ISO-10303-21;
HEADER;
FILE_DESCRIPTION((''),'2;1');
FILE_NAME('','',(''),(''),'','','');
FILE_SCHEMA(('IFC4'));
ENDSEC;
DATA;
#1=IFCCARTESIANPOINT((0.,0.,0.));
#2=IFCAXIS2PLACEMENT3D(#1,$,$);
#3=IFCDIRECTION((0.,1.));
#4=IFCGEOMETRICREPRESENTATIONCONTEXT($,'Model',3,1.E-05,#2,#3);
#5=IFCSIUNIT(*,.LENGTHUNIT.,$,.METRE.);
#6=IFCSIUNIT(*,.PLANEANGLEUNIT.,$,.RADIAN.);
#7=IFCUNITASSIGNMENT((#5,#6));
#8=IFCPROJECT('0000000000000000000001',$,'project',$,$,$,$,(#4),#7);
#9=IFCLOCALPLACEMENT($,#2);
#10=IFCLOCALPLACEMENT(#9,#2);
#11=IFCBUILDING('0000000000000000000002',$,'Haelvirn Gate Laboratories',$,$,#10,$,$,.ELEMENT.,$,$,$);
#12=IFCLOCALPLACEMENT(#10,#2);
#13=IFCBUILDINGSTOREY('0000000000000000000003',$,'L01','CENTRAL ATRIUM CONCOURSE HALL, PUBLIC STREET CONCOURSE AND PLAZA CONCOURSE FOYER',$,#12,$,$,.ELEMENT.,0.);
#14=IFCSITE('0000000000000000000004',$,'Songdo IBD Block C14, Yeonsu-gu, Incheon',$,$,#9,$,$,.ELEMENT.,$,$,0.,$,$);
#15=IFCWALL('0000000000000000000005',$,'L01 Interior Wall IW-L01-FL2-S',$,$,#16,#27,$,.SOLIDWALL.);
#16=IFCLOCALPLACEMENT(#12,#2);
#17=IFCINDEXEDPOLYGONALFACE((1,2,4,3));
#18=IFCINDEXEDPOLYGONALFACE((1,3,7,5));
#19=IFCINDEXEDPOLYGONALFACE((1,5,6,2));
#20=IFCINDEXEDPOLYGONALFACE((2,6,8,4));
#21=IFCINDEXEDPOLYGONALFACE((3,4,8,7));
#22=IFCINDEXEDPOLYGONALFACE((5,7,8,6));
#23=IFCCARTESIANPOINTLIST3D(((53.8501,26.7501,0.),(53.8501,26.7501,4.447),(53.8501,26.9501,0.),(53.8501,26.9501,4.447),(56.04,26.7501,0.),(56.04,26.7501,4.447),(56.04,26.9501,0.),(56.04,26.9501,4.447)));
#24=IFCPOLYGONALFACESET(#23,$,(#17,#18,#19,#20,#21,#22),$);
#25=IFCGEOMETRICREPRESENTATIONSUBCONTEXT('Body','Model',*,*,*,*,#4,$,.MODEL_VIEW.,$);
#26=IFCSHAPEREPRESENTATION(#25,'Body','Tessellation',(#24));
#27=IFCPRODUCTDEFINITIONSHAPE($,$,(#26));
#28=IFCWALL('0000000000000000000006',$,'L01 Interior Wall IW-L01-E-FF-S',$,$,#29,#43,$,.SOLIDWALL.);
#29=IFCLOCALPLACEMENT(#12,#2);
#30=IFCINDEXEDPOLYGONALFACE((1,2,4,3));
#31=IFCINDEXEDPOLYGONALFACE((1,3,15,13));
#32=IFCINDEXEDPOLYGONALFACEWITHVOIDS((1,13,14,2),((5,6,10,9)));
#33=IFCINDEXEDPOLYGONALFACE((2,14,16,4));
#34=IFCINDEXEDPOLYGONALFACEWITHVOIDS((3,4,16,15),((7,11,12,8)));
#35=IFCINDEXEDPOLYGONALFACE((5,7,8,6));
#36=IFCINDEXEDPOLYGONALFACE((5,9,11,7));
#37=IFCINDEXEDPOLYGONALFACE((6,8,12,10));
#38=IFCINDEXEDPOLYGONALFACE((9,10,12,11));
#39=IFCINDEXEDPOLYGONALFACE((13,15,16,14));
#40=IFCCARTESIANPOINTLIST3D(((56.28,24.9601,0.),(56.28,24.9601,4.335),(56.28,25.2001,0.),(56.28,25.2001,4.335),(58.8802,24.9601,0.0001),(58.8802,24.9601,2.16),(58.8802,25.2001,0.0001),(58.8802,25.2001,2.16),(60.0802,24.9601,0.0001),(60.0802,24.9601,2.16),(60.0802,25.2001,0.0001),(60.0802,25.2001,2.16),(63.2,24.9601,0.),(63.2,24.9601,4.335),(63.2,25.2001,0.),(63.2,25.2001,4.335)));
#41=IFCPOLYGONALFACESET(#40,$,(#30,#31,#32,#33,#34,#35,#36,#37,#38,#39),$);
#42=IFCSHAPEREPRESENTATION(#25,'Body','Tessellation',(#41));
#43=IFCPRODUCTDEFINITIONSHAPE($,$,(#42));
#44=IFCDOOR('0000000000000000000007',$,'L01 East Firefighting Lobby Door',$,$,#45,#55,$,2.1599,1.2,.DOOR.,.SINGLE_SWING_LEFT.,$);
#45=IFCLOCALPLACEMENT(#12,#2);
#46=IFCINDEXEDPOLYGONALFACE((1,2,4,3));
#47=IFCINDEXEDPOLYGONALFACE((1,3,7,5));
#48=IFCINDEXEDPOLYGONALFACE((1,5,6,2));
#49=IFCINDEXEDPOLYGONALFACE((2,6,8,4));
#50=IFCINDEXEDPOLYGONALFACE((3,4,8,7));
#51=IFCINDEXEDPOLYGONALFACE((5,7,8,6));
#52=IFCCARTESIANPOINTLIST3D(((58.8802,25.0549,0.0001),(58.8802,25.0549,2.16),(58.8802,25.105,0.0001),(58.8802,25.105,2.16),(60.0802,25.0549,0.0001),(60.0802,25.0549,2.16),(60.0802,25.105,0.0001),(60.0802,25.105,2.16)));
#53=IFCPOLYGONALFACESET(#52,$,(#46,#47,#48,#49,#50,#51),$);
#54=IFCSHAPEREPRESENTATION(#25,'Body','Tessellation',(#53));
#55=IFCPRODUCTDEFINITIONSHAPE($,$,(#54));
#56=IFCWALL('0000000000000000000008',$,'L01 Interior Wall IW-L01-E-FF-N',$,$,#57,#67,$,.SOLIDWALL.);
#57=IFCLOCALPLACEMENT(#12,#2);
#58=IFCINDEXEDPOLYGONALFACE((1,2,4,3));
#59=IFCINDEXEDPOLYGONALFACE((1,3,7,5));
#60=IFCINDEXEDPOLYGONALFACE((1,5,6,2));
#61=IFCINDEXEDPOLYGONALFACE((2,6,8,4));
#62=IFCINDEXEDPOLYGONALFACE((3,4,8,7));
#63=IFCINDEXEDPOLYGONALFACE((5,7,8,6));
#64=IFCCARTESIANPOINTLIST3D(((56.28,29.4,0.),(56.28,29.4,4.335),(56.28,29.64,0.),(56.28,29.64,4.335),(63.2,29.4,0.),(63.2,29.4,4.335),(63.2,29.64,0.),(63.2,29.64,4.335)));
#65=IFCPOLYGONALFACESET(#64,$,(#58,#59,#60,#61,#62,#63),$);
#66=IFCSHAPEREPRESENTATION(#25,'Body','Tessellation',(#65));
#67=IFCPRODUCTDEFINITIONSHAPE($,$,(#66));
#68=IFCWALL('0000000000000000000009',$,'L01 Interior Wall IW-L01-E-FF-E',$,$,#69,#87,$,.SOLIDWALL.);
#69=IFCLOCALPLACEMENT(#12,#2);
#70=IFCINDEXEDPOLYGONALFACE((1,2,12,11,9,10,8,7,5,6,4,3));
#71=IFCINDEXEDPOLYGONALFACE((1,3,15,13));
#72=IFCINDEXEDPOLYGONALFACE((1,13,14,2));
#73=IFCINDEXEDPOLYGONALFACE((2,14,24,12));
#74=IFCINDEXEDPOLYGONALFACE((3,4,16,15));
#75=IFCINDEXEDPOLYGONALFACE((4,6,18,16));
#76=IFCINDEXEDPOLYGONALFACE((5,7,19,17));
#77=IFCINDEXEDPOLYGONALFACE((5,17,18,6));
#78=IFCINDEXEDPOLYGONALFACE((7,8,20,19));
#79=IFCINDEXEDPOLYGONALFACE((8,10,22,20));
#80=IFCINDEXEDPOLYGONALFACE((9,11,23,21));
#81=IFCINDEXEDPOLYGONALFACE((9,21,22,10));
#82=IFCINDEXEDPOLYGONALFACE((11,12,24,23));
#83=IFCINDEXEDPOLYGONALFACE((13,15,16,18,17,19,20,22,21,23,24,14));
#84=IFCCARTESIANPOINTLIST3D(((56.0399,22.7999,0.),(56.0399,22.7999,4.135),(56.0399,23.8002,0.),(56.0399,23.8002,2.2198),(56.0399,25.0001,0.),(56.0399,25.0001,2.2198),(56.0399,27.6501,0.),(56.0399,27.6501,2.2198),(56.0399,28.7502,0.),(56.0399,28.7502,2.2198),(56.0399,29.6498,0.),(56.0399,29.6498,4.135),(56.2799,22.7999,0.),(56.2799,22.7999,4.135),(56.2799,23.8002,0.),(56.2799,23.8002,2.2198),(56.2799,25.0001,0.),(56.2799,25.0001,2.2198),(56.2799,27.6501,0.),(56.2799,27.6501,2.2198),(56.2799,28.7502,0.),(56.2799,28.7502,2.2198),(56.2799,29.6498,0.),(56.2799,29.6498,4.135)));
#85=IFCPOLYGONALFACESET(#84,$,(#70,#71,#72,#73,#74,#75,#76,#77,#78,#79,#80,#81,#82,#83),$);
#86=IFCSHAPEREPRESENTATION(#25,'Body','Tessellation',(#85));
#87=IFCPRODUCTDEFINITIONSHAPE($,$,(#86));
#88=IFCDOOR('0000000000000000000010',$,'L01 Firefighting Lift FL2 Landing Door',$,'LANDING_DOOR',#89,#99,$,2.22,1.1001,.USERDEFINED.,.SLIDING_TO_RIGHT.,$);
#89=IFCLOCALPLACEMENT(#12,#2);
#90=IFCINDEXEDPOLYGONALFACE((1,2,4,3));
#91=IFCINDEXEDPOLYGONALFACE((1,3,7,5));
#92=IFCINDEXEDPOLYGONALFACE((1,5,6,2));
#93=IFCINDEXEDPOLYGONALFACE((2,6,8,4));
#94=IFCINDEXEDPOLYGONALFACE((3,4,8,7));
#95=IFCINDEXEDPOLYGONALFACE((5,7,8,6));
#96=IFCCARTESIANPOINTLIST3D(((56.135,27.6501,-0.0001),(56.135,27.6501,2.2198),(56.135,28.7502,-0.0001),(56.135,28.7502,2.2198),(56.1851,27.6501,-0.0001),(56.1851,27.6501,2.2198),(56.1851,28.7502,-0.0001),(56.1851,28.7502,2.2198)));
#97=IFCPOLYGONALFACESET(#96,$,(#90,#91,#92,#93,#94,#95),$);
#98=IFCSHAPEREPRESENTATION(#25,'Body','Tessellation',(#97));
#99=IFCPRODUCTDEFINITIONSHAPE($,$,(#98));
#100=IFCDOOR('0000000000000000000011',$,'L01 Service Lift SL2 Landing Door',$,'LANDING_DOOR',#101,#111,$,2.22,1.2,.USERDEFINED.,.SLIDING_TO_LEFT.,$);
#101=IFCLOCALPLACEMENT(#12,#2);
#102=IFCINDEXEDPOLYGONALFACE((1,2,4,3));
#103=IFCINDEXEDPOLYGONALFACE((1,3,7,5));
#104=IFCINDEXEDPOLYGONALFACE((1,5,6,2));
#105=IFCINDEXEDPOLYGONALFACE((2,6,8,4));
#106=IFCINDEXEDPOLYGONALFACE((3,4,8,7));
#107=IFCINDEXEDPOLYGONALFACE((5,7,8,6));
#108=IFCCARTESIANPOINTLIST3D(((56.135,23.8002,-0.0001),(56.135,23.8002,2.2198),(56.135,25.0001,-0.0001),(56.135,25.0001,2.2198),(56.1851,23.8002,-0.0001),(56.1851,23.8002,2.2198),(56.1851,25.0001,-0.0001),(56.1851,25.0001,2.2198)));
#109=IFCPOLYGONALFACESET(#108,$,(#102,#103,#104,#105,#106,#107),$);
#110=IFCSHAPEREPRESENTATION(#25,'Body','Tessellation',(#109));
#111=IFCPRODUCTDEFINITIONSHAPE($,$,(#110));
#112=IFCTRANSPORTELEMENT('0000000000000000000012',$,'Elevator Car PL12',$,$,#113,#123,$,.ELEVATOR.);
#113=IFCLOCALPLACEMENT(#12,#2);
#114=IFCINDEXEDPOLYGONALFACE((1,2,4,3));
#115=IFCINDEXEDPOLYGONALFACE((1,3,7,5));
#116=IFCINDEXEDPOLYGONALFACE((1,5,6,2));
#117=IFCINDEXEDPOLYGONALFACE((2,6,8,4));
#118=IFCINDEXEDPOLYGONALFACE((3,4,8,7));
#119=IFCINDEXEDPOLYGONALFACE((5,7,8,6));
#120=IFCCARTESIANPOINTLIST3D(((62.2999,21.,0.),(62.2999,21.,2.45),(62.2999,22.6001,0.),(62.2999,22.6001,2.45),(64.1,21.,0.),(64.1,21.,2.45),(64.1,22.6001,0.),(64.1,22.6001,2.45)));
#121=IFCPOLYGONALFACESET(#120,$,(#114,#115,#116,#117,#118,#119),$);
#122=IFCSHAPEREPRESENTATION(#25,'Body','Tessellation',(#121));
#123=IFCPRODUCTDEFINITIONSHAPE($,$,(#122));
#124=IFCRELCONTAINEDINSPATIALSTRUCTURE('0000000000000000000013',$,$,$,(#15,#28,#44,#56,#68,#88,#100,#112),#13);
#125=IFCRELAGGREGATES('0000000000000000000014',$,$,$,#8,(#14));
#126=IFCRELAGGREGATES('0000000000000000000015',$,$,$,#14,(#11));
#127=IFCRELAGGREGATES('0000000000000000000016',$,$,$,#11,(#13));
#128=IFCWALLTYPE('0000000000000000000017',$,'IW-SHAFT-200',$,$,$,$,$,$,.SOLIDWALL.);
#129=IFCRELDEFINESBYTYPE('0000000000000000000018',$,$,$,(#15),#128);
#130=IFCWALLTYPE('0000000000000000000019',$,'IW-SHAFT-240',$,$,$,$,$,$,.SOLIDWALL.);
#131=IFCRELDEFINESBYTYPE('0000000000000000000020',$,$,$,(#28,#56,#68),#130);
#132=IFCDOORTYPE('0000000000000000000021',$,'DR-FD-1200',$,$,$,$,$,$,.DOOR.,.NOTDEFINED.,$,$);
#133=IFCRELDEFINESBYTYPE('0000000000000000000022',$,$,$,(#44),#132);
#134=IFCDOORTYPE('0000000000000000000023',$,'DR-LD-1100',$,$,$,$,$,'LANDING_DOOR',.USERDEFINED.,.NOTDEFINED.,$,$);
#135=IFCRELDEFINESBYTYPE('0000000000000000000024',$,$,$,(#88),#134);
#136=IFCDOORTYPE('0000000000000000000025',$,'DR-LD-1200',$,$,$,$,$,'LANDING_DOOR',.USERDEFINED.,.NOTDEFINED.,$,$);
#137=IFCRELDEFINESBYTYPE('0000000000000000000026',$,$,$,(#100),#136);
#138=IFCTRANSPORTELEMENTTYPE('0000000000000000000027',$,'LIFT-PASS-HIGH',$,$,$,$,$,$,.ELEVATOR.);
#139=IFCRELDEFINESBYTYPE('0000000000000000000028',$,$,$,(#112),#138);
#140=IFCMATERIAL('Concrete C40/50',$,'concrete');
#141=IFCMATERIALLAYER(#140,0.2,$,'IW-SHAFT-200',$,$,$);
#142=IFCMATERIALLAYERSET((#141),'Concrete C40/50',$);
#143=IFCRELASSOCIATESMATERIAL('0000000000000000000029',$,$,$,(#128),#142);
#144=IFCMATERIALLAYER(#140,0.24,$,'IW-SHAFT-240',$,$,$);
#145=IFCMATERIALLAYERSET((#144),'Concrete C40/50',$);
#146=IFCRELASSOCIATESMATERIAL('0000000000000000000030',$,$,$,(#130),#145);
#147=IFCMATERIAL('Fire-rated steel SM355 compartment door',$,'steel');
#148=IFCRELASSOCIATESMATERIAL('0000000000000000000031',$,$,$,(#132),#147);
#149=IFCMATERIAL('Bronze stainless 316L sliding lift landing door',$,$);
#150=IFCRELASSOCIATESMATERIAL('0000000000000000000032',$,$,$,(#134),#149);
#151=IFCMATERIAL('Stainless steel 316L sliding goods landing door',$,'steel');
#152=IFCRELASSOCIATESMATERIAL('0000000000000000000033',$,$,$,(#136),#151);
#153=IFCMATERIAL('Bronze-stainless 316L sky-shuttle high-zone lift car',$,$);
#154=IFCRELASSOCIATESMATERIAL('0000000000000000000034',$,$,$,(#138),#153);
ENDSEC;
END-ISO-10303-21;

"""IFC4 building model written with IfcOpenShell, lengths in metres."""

from ifc_helpers import new_model, si_unit, direction, frame, frame_2d, origin, origin_2d, place, context, subcontext, project, spatial, rectangle, extrude, source, transform, mapped, material, layer, layer_set, type_object, type_shapes, element, fill, save


model = new_model("IFC4")

# Units and contexts
model_context = context("Model", 3, precision=1e-05, world=origin(), true_north=direction((0.0, 1.0)))
body_context = subcontext(model_context, "Body", "Model", "MODEL_VIEW")
ifc_project = project(units=[si_unit("LENGTHUNIT", "METRE"), si_unit("PLANEANGLEUNIT", "RADIAN")], contexts=[model_context])

# Site, building, storey
site_placement = place(None, origin())
site = spatial("IfcSite", under=ifc_project, at=site_placement, Name="Songdo IBD Block C14, Yeonsu-gu, Incheon", CompositionType="ELEMENT", RefElevation=0.0)
building_placement = place(site_placement, origin())
building = spatial("IfcBuilding", under=site, at=building_placement, Name="Haelvirn Gate Laboratories", CompositionType="ELEMENT")
storey_placement = place(building_placement, origin())
storey = spatial("IfcBuildingStorey", under=building, at=storey_placement, Name="L01", Description="CENTRAL ATRIUM CONCOURSE HALL, PUBLIC STREET CONCOURSE AND PLAZA CONCOURSE FOYER", CompositionType="ELEMENT", Elevation=0.0)

# Wall
ifc_material_1 = material(Name="Concrete C40/50", Category="concrete")
ifc_layer_1 = layer(ifc_material_1, 0.2, Name="IW-SHAFT-200")
ifc_layer_set_1 = layer_set([ifc_layer_1], Name="Concrete C40/50")
wall_type_1 = type_object("IfcWallType", Name="IW-SHAFT-200", PredefinedType="SOLIDWALL", material=ifc_layer_set_1)
wall_1_placement = place(storey_placement, frame((53.8501, 26.8501, 0.0), z_axis=(0.0, 0.0, 1.0), x_axis=(1.0, 0.0, 0.0)))
element("IfcWall", 1, at=wall_1_placement, inside=storey, type_object=wall_type_1, Name="L01 Interior Wall IW-L01-FL2-S", PredefinedType="SOLIDWALL", context=body_context, shape_type="SweptSolid", body=[
    extrude(rectangle(XDim=2.1899, YDim=0.2, at=frame_2d((1.095, 0.0))), origin(), (0.0, 0.0, 1.0), 4.447),
])

# Wall, opening, door
ifc_layer_2 = layer(ifc_material_1, 0.24, Name="IW-SHAFT-240")
ifc_layer_set_2 = layer_set([ifc_layer_2], Name="Concrete C40/50")
wall_type_2 = type_object("IfcWallType", Name="IW-SHAFT-240", PredefinedType="SOLIDWALL", material=ifc_layer_set_2)
wall_2_placement = place(storey_placement, frame((56.28, 25.0801, 0.0), z_axis=(0.0, 0.0, 1.0), x_axis=(1.0, 0.0, 0.0)))
wall_2 = element("IfcWall", 2, at=wall_2_placement, inside=storey, type_object=wall_type_2, Name="L01 Interior Wall IW-L01-E-FF-S", PredefinedType="SOLIDWALL", context=body_context, shape_type="SweptSolid", body=[
    extrude(rectangle(XDim=6.9199, YDim=0.24, at=frame_2d((3.46, 0.0))), origin(), (0.0, 0.0, 1.0), 4.335),
])
opening_1_placement = place(wall_2_placement, frame((2.6001, 0.0, 0.0)))
opening_1 = element("IfcOpeningElement", 3, at=opening_1_placement, cuts=wall_2, PredefinedType="OPENING", context=body_context, shape_type="SweptSolid", body=[
    extrude(rectangle(XDim=1.2, YDim=2.1599, at=frame_2d((0.6001, 1.0801))), frame((0.0, 0.1299, 0.0), z_axis=(0.0, -1.0, 0.0), x_axis=(1.0, 0.0, 0.0)), (0.0, 0.0, 1.0), 0.26),
])
ifc_material_2 = material(Name="Fire-rated steel SM355 compartment door", Category="steel")
door_type_1 = type_object("IfcDoorType", Name="DR-FD-1200", OperationType="NOTDEFINED", PredefinedType="DOOR", material=ifc_material_2)
shared_shape_1 = source(origin(), body_context, "Body", "SweptSolid", [
    extrude(rectangle(XDim=1.2, YDim=2.1599, at=frame_2d((0.6001, 1.0801))), frame((0.0, 0.0249, 0.0), z_axis=(0.0, -1.0, 0.0), x_axis=(1.0, 0.0, 0.0)), (0.0, 0.0, 1.0), 0.05),
])
type_shapes(door_type_1, [shared_shape_1])
door_1_placement = place(opening_1_placement, origin())
door_1 = element("IfcDoor", 4, at=door_1_placement, inside=storey, type_object=door_type_1, Name="L01 East Firefighting Lobby Door", OperationType="SINGLE_SWING_LEFT", OverallHeight=2.1599, OverallWidth=1.2, PredefinedType="DOOR", context=body_context, shape_type="MappedRepresentation", body=[
    mapped(shared_shape_1, transform((0.0, 0.0, 0.0), scale=1.0)),
])
fill(opening_1, door_1)

# Wall
wall_3_placement = place(storey_placement, frame((56.28, 29.52, 0.0), z_axis=(0.0, 0.0, 1.0), x_axis=(1.0, 0.0, 0.0)))
element("IfcWall", 5, at=wall_3_placement, inside=storey, type_object=wall_type_2, Name="L01 Interior Wall IW-L01-E-FF-N", PredefinedType="SOLIDWALL", context=body_context, shape_type="SweptSolid", body=[
    extrude(rectangle(XDim=6.9199, YDim=0.24, at=frame_2d((3.46, 0.0))), origin(), (0.0, 0.0, 1.0), 4.335),
])

# Wall, openings, doors
wall_4_placement = place(storey_placement, frame((56.1599, 22.8, 0.0), z_axis=(0.0, 0.0, 1.0), x_axis=(0.0, 1.0, 0.0)))
wall_4 = element("IfcWall", 6, at=wall_4_placement, inside=storey, type_object=wall_type_2, Name="L01 Interior Wall IW-L01-E-FF-E", PredefinedType="SOLIDWALL", context=body_context, shape_type="SweptSolid", body=[
    extrude(rectangle(XDim=6.8499, YDim=0.24, at=frame_2d((3.4248, 0.0))), origin(), (0.0, 0.0, 1.0), 4.135),
])
opening_2_placement = place(wall_4_placement, frame((4.8501, 0.0, 0.0)))
opening_2 = element("IfcOpeningElement", 7, at=opening_2_placement, cuts=wall_4, PredefinedType="OPENING", context=body_context, shape_type="SweptSolid", body=[
    extrude(rectangle(XDim=1.1001, YDim=2.22, at=frame_2d((0.55, 1.1099))), frame((0.0, 0.1299, 0.0), z_axis=(0.0, -1.0, 0.0), x_axis=(1.0, 0.0, 0.0)), (0.0, 0.0, 1.0), 0.26),
])
opening_3_placement = place(wall_4_placement, frame((1.0, 0.0, 0.0)))
opening_3 = element("IfcOpeningElement", 8, at=opening_3_placement, cuts=wall_4, PredefinedType="OPENING", context=body_context, shape_type="SweptSolid", body=[
    extrude(rectangle(XDim=1.2, YDim=2.22, at=frame_2d((0.6001, 1.1099))), frame((0.0, 0.1299, 0.0), z_axis=(0.0, -1.0, 0.0), x_axis=(1.0, 0.0, 0.0)), (0.0, 0.0, 1.0), 0.26),
])
ifc_material_3 = material(Name="Bronze stainless 316L sliding lift landing door")
door_type_2 = type_object("IfcDoorType", Name="DR-LD-1100", ElementType="LANDING_DOOR", OperationType="NOTDEFINED", PredefinedType="USERDEFINED", material=ifc_material_3)
shared_shape_2 = source(origin(), body_context, "Body", "SweptSolid", [
    extrude(rectangle(XDim=1.1001, YDim=2.22, at=frame_2d((0.55, 1.1099))), frame((0.0, 0.0249, 0.0), z_axis=(0.0, -1.0, 0.0), x_axis=(1.0, 0.0, 0.0)), (0.0, 0.0, 1.0), 0.05),
])
type_shapes(door_type_2, [shared_shape_2])
door_2_placement = place(opening_2_placement, origin())
door_2 = element("IfcDoor", 9, at=door_2_placement, inside=storey, type_object=door_type_2, Name="L01 Firefighting Lift FL2 Landing Door", ObjectType="LANDING_DOOR", OperationType="SLIDING_TO_RIGHT", OverallHeight=2.22, OverallWidth=1.1001, PredefinedType="USERDEFINED", context=body_context, shape_type="MappedRepresentation", body=[
    mapped(shared_shape_2, transform((0.0, 0.0, 0.0), scale=1.0)),
])
fill(opening_2, door_2)
ifc_material_4 = material(Name="Stainless steel 316L sliding goods landing door", Category="steel")
door_type_3 = type_object("IfcDoorType", Name="DR-LD-1200", ElementType="LANDING_DOOR", OperationType="NOTDEFINED", PredefinedType="USERDEFINED", material=ifc_material_4)
shared_shape_3 = source(origin(), body_context, "Body", "SweptSolid", [
    extrude(rectangle(XDim=1.2, YDim=2.22, at=frame_2d((0.6001, 1.1099))), frame((0.0, 0.0249, 0.0), z_axis=(0.0, -1.0, 0.0), x_axis=(1.0, 0.0, 0.0)), (0.0, 0.0, 1.0), 0.05),
])
type_shapes(door_type_3, [shared_shape_3])
door_3_placement = place(opening_3_placement, origin())
door_3 = element("IfcDoor", 10, at=door_3_placement, inside=storey, type_object=door_type_3, Name="L01 Service Lift SL2 Landing Door", ObjectType="LANDING_DOOR", OperationType="SLIDING_TO_LEFT", OverallHeight=2.22, OverallWidth=1.2, PredefinedType="USERDEFINED", context=body_context, shape_type="MappedRepresentation", body=[
    mapped(shared_shape_3, transform((0.0, 0.0, 0.0), scale=1.0)),
])
fill(opening_3, door_3)

# Transport element
ifc_material_5 = material(Name="Bronze-stainless 316L sky-shuttle high-zone lift car")
transport_element_type = type_object("IfcTransportElementType", Name="LIFT-PASS-HIGH", PredefinedType="ELEVATOR", material=ifc_material_5)
shared_shape_4 = source(origin(), body_context, "Body", "SweptSolid", [
    extrude(rectangle(XDim=1.8, YDim=1.6001, at=origin_2d()), origin(), (0.0, 0.0, 1.0), 2.45),
])
type_shapes(transport_element_type, [shared_shape_4])
transport_element_placement = place(storey_placement, frame((63.2, 21.8, 0.0), z_axis=(0.0, 0.0, 1.0), x_axis=(1.0, 0.0, 0.0)))
element("IfcTransportElement", 11, at=transport_element_placement, inside=storey, type_object=transport_element_type, Name="Elevator Car PL12", PredefinedType="ELEVATOR", context=body_context, shape_type="MappedRepresentation", body=[
    mapped(shared_shape_4, transform((0.0, 0.0, 0.0), scale=1.0)),
])

save(model, "model.ifc")
